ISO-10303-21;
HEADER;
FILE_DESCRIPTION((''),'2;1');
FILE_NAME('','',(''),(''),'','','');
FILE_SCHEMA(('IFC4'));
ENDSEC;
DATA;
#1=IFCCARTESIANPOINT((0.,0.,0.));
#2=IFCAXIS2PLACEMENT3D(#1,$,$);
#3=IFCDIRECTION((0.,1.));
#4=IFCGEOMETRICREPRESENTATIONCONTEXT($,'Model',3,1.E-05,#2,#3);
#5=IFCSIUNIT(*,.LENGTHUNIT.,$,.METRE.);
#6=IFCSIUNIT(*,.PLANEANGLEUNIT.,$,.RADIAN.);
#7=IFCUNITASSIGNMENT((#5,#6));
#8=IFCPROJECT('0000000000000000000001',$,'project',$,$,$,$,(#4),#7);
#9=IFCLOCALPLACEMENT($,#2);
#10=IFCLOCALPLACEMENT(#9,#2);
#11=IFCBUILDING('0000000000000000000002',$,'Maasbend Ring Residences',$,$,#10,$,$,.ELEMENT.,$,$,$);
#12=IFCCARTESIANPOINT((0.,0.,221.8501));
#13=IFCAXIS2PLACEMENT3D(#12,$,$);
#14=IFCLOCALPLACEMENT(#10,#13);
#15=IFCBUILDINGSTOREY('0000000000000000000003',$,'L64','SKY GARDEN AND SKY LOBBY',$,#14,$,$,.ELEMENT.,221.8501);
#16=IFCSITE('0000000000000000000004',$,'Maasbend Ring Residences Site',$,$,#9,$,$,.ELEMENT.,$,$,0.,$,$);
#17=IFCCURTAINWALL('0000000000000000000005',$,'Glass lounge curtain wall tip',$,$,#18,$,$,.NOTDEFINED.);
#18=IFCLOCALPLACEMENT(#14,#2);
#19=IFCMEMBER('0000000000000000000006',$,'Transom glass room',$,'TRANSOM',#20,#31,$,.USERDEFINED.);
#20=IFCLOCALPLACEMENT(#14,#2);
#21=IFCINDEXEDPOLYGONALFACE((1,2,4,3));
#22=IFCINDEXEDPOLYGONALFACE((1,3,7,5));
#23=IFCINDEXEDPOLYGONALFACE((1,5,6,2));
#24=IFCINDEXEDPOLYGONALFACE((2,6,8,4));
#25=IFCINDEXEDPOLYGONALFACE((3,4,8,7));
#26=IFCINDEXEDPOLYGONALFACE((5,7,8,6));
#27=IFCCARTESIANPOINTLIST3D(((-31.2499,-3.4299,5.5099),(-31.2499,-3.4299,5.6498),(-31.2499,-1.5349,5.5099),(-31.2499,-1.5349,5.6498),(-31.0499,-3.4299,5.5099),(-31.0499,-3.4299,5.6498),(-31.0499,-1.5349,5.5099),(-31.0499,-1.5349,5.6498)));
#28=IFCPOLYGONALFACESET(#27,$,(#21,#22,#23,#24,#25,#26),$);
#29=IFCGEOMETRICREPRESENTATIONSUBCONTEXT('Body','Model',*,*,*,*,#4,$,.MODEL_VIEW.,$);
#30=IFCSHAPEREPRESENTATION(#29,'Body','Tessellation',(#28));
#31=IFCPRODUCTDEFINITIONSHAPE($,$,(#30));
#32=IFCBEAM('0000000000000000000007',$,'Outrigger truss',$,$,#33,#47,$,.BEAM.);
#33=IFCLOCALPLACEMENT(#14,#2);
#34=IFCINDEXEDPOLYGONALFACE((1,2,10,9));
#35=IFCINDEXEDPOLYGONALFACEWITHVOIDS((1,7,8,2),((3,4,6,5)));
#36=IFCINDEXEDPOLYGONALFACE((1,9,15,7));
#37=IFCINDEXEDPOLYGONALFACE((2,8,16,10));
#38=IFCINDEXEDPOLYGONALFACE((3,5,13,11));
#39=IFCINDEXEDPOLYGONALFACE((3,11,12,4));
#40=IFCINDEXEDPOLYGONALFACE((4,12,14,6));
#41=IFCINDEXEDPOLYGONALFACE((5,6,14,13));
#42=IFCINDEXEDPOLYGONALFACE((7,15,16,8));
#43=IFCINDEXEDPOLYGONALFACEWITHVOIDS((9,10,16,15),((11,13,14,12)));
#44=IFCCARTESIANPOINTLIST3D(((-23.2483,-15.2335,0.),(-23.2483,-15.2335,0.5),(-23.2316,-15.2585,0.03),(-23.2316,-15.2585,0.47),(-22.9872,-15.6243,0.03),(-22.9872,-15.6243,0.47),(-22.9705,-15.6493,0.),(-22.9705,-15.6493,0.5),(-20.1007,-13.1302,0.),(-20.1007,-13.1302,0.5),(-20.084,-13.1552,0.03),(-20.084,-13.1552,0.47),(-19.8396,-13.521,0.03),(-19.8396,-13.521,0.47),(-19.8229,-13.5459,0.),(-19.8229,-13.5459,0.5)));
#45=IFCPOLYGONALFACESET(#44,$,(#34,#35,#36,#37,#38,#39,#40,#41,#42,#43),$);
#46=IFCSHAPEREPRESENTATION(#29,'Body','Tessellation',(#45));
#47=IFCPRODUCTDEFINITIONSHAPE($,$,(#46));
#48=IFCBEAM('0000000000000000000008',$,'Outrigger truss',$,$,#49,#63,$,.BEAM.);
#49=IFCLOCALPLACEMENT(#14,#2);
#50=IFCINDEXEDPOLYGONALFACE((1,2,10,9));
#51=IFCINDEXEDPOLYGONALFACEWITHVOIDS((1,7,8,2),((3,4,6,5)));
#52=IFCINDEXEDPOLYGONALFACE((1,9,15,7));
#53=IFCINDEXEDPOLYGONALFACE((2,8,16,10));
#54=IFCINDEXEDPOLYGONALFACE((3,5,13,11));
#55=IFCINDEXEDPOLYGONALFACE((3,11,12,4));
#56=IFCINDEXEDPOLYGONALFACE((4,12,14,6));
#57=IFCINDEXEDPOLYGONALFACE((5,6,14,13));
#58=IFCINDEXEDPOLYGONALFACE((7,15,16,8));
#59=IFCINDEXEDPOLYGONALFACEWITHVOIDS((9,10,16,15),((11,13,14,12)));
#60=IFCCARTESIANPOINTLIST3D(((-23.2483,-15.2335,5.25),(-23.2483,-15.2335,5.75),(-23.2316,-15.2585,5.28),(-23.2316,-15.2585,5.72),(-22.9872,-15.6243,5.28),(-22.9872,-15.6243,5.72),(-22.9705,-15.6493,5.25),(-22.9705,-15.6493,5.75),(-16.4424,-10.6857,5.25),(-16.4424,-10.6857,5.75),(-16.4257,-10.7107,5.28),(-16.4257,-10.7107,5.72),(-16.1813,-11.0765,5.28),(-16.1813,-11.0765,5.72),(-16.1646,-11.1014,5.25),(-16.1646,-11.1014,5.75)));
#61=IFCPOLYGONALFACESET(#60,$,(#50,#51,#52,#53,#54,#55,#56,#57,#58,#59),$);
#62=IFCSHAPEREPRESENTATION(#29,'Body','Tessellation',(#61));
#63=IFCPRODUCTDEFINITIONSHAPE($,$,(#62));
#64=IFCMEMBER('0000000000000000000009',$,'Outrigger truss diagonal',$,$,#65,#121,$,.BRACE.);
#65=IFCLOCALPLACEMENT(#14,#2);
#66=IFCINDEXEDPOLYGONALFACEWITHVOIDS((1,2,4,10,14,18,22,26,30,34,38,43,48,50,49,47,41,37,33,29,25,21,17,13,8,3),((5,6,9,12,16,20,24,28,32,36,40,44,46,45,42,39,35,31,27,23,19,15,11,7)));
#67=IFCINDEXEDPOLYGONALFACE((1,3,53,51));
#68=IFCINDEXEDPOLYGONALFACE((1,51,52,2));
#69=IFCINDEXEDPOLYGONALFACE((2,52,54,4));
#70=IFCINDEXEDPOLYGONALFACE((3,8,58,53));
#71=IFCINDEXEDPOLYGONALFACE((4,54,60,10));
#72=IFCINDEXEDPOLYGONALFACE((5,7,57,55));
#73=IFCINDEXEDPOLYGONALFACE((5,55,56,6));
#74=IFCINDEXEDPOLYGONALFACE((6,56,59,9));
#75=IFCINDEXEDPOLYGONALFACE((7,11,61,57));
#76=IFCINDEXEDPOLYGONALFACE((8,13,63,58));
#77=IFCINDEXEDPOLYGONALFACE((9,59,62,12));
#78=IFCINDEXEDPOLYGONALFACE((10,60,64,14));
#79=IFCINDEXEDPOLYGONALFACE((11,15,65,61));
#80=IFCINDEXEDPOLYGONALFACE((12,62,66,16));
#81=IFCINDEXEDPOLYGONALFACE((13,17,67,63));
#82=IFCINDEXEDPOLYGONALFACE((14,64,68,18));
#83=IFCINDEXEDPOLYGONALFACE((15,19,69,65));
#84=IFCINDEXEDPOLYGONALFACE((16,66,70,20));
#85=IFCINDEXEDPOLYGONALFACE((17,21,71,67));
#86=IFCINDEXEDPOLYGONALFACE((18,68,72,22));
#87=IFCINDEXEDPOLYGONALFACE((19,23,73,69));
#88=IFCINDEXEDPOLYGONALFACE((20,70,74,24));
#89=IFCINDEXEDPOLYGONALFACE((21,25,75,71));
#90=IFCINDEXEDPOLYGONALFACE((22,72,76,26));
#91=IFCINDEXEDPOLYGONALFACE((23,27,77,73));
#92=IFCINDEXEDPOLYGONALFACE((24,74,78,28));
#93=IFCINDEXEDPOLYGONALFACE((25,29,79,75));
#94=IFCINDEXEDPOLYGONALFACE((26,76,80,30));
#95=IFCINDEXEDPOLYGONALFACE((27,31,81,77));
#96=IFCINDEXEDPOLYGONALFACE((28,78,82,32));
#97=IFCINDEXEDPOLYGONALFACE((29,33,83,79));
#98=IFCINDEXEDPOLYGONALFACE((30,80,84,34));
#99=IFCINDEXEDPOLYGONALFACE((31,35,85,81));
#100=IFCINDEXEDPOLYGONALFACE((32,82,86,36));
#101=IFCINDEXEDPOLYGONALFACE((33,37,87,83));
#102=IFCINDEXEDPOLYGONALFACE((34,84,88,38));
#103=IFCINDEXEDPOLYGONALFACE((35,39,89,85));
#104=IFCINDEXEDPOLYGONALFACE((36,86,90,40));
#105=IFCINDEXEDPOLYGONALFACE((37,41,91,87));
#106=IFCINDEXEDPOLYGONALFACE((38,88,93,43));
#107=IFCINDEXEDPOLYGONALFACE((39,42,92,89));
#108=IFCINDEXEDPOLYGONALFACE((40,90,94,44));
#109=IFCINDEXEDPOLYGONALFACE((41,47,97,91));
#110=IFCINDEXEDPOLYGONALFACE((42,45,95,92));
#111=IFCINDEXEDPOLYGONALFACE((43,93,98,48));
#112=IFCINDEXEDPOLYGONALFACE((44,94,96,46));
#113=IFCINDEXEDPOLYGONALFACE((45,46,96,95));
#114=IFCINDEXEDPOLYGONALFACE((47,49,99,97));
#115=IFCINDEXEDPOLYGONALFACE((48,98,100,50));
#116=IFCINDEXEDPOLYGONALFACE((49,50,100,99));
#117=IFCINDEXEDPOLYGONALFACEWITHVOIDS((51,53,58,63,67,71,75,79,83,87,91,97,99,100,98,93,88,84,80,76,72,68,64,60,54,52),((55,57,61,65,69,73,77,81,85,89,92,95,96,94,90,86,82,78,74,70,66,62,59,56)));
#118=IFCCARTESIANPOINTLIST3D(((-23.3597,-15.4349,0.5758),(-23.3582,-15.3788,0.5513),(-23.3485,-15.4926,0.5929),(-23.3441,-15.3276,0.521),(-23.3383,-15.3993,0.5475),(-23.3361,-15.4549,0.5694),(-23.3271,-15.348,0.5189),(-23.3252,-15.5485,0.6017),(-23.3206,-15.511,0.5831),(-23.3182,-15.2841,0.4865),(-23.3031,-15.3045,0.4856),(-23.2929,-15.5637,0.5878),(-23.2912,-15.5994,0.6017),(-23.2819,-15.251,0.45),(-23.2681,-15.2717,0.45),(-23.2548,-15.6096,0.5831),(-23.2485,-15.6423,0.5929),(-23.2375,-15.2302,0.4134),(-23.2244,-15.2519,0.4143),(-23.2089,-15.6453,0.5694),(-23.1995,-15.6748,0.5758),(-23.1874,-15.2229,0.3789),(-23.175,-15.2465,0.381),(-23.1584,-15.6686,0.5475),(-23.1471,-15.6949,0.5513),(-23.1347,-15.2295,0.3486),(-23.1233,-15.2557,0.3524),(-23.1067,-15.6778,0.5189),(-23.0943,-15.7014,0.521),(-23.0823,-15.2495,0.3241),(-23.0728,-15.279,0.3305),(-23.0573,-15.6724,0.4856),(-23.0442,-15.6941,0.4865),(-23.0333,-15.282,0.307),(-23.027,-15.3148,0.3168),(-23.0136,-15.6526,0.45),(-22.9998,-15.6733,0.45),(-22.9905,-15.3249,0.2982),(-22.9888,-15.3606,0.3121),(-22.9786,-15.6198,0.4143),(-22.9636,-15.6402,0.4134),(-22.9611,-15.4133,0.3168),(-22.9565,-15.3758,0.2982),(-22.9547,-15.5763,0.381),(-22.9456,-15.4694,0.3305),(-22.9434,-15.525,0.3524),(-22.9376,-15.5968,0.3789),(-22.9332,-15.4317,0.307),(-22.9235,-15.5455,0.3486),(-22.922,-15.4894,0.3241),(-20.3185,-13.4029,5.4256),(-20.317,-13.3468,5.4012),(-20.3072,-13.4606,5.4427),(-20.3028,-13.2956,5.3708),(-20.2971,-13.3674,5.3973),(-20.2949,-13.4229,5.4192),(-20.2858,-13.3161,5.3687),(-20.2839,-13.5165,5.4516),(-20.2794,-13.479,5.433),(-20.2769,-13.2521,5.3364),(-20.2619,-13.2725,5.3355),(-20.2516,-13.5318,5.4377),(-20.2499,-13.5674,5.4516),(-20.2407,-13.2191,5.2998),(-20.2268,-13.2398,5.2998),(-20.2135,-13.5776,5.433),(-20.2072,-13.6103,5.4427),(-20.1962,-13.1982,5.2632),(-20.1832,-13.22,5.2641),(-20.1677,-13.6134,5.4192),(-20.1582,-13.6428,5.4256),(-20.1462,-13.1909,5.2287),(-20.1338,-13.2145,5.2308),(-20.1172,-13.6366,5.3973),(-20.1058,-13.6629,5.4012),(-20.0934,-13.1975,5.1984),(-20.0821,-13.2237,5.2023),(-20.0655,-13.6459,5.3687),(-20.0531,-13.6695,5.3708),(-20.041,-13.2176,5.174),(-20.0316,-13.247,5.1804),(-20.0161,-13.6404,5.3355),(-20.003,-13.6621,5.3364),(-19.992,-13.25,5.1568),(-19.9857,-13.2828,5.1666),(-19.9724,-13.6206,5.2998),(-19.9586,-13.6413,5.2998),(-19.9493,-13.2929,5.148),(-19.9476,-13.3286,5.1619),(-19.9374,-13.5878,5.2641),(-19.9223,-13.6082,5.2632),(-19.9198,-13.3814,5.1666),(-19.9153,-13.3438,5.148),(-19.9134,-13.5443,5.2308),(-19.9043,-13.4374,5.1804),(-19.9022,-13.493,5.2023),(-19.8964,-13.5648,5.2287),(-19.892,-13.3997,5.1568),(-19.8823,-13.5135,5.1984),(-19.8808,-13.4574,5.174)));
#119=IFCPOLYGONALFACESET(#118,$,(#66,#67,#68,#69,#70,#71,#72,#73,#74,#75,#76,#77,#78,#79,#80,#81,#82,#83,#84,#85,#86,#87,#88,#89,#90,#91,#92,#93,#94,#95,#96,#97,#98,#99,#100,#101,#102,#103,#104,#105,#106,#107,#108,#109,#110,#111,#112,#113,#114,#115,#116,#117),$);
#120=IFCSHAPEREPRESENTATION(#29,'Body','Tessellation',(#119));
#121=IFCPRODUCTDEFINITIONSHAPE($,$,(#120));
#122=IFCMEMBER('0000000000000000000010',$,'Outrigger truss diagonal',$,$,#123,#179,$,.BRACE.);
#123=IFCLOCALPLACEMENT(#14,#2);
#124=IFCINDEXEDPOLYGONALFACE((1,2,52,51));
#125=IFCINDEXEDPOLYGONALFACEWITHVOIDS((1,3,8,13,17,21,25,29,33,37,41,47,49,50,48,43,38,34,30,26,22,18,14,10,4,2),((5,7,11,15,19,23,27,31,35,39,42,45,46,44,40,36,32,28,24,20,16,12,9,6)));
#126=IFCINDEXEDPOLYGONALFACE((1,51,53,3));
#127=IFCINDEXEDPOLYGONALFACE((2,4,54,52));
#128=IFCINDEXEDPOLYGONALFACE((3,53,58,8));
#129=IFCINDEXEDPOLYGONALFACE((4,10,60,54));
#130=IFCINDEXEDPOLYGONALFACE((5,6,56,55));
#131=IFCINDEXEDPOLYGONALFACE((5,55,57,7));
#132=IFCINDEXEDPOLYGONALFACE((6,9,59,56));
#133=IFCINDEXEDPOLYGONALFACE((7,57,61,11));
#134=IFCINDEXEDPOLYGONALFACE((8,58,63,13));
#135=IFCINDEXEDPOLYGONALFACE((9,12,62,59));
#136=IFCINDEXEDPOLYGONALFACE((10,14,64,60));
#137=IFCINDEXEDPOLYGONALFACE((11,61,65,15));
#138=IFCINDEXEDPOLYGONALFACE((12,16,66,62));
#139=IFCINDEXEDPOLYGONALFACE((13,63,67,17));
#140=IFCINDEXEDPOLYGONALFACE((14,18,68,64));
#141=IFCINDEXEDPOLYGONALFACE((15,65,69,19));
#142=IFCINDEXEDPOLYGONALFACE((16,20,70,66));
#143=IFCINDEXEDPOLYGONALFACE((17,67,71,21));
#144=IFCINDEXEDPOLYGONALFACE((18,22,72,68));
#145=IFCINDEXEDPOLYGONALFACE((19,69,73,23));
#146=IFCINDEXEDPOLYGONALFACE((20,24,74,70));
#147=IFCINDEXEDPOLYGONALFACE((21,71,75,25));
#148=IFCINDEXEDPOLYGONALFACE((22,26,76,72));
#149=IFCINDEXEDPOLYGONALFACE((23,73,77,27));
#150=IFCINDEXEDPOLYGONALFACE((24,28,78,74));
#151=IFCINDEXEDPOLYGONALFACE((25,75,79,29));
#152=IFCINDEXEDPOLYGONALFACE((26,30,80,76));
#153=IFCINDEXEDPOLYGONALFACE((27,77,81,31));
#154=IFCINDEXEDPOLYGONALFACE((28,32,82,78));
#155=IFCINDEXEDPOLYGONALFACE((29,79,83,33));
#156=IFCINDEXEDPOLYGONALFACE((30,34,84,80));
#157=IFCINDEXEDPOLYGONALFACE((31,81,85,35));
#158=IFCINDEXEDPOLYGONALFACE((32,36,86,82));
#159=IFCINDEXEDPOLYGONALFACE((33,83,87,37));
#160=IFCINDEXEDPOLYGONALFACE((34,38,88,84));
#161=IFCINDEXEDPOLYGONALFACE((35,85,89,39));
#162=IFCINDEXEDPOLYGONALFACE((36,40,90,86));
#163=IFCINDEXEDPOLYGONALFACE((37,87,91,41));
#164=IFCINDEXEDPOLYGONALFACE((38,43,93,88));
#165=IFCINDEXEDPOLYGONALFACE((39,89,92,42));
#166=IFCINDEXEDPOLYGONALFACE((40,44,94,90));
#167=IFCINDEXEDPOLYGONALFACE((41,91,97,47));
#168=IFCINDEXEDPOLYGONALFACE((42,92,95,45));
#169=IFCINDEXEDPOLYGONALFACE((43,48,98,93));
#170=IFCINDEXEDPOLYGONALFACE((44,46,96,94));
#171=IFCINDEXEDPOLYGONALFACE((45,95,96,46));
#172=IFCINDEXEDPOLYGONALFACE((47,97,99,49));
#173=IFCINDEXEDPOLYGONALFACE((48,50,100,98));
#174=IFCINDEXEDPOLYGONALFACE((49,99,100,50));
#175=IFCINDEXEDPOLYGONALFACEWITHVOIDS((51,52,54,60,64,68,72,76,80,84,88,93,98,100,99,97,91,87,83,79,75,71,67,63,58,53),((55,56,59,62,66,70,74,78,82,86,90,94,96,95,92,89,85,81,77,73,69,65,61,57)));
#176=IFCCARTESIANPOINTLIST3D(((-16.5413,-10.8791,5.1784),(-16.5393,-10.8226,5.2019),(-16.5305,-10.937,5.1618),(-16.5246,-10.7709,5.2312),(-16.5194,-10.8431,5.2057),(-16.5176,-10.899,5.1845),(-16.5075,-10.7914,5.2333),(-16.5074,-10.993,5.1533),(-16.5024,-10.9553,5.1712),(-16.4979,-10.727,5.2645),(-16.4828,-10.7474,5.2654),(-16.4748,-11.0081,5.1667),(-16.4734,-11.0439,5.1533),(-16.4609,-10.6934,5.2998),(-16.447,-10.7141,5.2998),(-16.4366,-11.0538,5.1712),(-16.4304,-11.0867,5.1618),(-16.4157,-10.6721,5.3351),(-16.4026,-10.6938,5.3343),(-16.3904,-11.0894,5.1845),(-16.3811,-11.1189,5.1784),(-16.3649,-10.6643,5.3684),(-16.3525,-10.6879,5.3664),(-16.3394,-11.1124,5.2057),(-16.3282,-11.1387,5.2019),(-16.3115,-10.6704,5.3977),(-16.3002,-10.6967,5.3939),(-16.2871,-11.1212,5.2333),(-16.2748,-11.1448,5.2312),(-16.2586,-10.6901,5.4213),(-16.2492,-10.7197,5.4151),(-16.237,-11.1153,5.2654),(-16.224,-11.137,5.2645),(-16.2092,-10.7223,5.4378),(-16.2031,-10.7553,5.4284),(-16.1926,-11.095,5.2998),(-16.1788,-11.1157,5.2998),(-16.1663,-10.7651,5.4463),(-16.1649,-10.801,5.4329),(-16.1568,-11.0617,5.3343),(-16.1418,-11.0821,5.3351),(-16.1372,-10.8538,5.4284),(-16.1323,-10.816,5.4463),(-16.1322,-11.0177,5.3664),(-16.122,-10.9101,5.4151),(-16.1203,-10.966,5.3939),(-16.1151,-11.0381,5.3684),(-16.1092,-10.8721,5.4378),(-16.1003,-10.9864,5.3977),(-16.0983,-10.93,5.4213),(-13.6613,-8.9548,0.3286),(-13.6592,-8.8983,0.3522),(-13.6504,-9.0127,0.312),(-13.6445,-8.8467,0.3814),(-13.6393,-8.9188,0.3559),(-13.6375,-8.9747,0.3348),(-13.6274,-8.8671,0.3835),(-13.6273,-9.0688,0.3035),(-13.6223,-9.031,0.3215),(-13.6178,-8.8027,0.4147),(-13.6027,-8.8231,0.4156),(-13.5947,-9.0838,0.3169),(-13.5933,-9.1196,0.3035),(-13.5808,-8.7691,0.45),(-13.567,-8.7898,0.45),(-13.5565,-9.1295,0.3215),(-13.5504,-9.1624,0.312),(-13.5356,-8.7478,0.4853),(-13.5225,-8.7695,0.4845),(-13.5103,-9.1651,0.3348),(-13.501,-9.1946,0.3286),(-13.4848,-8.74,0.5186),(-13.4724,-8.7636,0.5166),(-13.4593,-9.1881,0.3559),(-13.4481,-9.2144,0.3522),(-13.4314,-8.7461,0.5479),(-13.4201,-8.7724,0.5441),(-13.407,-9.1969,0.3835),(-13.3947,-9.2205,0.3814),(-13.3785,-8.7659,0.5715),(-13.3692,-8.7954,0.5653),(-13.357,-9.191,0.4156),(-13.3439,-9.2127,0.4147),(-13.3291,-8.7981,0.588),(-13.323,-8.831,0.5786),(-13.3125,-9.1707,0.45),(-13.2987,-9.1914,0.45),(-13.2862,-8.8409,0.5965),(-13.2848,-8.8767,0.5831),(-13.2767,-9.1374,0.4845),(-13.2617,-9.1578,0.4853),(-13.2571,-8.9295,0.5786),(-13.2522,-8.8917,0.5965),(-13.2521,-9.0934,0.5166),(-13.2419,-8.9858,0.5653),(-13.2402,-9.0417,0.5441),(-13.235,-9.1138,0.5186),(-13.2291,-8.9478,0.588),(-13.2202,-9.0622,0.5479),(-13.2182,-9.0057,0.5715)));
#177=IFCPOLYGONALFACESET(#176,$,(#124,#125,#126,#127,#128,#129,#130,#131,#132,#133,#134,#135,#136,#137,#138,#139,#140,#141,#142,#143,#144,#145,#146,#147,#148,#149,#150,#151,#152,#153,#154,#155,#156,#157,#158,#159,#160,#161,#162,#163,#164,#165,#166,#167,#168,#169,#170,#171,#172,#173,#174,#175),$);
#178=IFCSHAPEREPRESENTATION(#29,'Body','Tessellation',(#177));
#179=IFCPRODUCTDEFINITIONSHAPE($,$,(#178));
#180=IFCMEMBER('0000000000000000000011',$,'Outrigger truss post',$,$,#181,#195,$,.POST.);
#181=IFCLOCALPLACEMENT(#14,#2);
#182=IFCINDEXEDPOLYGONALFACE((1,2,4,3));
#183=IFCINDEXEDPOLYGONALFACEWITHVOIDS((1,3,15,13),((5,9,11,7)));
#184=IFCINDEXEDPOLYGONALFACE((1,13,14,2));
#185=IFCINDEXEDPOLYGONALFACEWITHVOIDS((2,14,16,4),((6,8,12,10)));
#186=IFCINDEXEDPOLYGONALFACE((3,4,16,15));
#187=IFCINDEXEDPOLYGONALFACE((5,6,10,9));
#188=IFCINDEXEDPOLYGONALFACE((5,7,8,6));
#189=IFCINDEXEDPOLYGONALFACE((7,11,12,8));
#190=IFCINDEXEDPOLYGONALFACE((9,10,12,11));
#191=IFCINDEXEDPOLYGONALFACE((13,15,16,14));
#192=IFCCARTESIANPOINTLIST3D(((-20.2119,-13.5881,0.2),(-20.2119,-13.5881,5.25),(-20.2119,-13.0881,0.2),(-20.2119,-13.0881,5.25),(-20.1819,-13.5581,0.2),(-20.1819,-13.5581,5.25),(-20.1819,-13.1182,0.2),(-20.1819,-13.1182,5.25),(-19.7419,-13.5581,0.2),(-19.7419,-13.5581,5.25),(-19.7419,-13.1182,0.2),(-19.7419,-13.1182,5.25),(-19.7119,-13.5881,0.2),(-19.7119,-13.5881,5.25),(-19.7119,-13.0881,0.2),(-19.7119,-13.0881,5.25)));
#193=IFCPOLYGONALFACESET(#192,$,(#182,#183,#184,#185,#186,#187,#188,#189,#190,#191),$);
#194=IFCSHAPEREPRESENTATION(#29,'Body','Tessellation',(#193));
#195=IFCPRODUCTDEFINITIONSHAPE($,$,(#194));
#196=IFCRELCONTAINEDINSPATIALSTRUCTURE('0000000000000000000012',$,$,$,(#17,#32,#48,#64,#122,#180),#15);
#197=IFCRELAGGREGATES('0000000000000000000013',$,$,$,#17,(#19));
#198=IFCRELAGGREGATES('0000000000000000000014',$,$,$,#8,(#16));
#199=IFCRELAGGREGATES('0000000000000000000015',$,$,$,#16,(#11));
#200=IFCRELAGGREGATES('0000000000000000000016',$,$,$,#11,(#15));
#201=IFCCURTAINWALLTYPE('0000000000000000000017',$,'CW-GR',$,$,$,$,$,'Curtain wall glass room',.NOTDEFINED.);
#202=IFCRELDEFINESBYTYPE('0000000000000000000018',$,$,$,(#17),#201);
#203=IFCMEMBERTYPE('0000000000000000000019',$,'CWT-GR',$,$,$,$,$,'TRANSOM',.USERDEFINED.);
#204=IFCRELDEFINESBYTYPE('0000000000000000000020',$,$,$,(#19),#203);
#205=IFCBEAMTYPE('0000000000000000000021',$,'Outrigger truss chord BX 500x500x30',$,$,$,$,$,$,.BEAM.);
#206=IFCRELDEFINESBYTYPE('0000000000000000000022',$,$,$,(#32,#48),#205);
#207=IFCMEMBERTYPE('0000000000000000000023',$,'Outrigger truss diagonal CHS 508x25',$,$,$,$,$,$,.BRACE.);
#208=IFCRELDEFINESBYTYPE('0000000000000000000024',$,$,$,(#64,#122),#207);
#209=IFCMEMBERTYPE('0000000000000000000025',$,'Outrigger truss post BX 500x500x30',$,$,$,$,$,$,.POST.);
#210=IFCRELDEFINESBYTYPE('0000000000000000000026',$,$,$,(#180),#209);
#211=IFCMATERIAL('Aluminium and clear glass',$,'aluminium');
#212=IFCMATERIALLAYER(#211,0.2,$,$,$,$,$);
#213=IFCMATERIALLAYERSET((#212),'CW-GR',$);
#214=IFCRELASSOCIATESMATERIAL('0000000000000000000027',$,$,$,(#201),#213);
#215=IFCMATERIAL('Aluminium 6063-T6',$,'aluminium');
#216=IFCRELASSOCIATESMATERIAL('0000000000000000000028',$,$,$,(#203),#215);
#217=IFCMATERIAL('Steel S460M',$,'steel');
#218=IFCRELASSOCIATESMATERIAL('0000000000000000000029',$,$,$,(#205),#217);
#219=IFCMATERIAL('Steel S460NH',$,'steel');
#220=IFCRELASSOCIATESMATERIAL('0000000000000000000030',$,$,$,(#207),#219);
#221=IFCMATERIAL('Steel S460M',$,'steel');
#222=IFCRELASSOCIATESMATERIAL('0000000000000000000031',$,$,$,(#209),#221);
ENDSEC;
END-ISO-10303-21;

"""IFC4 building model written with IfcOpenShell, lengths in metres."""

from ifc_helpers import new_model, si_unit, direction, frame, origin, origin_2d, place, context, subcontext, project, spatial, rectangle, hollow_rectangle, hollow_circle, extrude, material, layer, layer_set, material_profile, profile_set, type_object, element, aggregate, save


model = new_model("IFC4")

# Units and contexts
model_context = context("Model", 3, precision=1e-05, world=origin(), true_north=direction((0.0, 1.0)))
body_context = subcontext(model_context, "Body", "Model", "MODEL_VIEW")
ifc_project = project(units=[si_unit("LENGTHUNIT", "METRE"), si_unit("PLANEANGLEUNIT", "RADIAN")], contexts=[model_context])

# Site, building, storey
site_placement = place(None, origin())
site = spatial("IfcSite", under=ifc_project, at=site_placement, Name="Maasbend Ring Residences Site", CompositionType="ELEMENT", RefElevation=0.0)
building_placement = place(site_placement, origin())
building = spatial("IfcBuilding", under=site, at=building_placement, Name="Maasbend Ring Residences", CompositionType="ELEMENT")
storey_placement = place(building_placement, frame((0.0, 0.0, 221.8501)))
storey = spatial("IfcBuildingStorey", under=building, at=storey_placement, Name="L64", Description="SKY GARDEN AND SKY LOBBY", CompositionType="ELEMENT", Elevation=221.8501)

# Curtain wall
ifc_material_1 = material(Name="Aluminium and clear glass", Category="aluminium")
ifc_layer_1 = layer(ifc_material_1, 0.2)
ifc_layer_set_1 = layer_set([ifc_layer_1], Name="CW-GR")
curtain_wall_type = type_object("IfcCurtainWallType", Name="CW-GR", ElementType="Curtain wall glass room", PredefinedType="NOTDEFINED", material=ifc_layer_set_1)
curtain_wall_1_placement = place(storey_placement, origin())
curtain_wall_1 = element("IfcCurtainWall", 1, at=curtain_wall_1_placement, inside=storey, type_object=curtain_wall_type, Name="Glass lounge curtain wall tip", PredefinedType="NOTDEFINED")

# Member
ifc_material_2 = material(Name="Aluminium 6063-T6", Category="aluminium")
ifc_material_profile_1 = material_profile(ifc_material_2, rectangle(XDim=0.2, YDim=0.1399, at=origin_2d()), Name="AL 200x140")
ifc_profile_set_1 = profile_set([ifc_material_profile_1], Name="Aluminium 6063-T6")
member_type_1 = type_object("IfcMemberType", Name="CWT-GR", ElementType="TRANSOM", PredefinedType="USERDEFINED", material=ifc_profile_set_1)
member_1_placement = place(storey_placement, frame((-31.1499, -3.4299, 5.5798), z_axis=(0.0, 1.0, 0.0), x_axis=(-1.0, 0.0, 0.0)))
member_1 = element("IfcMember", 2, at=member_1_placement, type_object=member_type_1, Name="Transom glass room", ObjectType="TRANSOM", PredefinedType="USERDEFINED", context=body_context, shape_type="SweptSolid", body=[
    extrude(rectangle(XDim=0.2, YDim=0.1399, at=origin_2d()), origin(), (0.0, 0.0, 1.0), 1.895),
])
aggregate(curtain_wall_1, [member_1])

# Beams
ifc_material_3 = material(Name="Steel S460M", Category="steel")
ifc_material_profile_2 = material_profile(ifc_material_3, hollow_rectangle(XDim=0.5, YDim=0.5, WallThickness=0.03, at=origin_2d()), Name="Outrigger truss chord BX 500x500x30")
ifc_profile_set_2 = profile_set([ifc_material_profile_2], Name="Steel S460M")
beam_type_1 = type_object("IfcBeamType", Name="Outrigger truss chord BX 500x500x30", PredefinedType="BEAM", material=ifc_profile_set_2)
beam_1_placement = place(storey_placement, frame((-23.1094, -15.4414, 0.25), z_axis=(0.831445, 0.555608, 0.0), x_axis=(-0.555608, 0.831445, 0.0)))
element("IfcBeam", 3, at=beam_1_placement, inside=storey, type_object=beam_type_1, Name="Outrigger truss", PredefinedType="BEAM", context=body_context, shape_type="SweptSolid", body=[
    extrude(hollow_rectangle(XDim=0.5, YDim=0.5, WallThickness=0.03, at=origin_2d()), origin(), (0.0, 0.0, 1.0), 3.7856),
])
beam_2_placement = place(storey_placement, frame((-23.1094, -15.4414, 5.5), z_axis=(0.831453, 0.555595, 0.0), x_axis=(-0.555595, 0.831453, 0.0)))
element("IfcBeam", 4, at=beam_2_placement, inside=storey, type_object=beam_type_1, Name="Outrigger truss", PredefinedType="BEAM", context=body_context, shape_type="SweptSolid", body=[
    extrude(hollow_rectangle(XDim=0.5, YDim=0.5, WallThickness=0.03, at=origin_2d()), origin(), (0.0, 0.0, 1.0), 8.1855),
])

# Members
ifc_material_4 = material(Name="Steel S460NH", Category="steel")
ifc_material_profile_3 = material_profile(ifc_material_4, hollow_circle(Radius=0.2539, WallThickness=0.0249, at=origin_2d()), Name="Outrigger truss diagonal CHS 508x25")
ifc_profile_set_3 = profile_set([ifc_material_profile_3], Name="Steel S460NH")
member_type_2 = type_object("IfcMemberType", Name="Outrigger truss diagonal CHS 508x25", PredefinedType="BRACE", material=ifc_profile_set_3)
member_2_placement = place(storey_placement, frame((-23.1409, -15.4622, 0.45), z_axis=(0.500662, 0.334511, 0.798398), x_axis=(-0.555547, 0.831485, 0.0)))
element("IfcMember", 5, at=member_2_placement, inside=storey, type_object=member_type_2, Name="Outrigger truss diagonal", PredefinedType="BRACE", context=body_context, shape_type="SweptSolid", body=[
    extrude(hollow_circle(Radius=0.2539, WallThickness=0.0249, at=origin_2d()), origin(), (0.0, 0.0, 1.0), 6.0745),
])
member_3_placement = place(storey_placement, frame((-16.3198, -10.9045, 5.2998), z_axis=(0.483259, 0.322883, -0.813761), x_axis=(-0.555546, 0.831486, 0.0)))
element("IfcMember", 6, at=member_3_placement, inside=storey, type_object=member_type_2, Name="Outrigger truss diagonal", PredefinedType="BRACE", context=body_context, shape_type="SweptSolid", body=[
    extrude(hollow_circle(Radius=0.2539, WallThickness=0.0249, at=origin_2d()), origin(), (0.0, 0.0, 1.0), 5.9597),
])
ifc_material_5 = material(Name="Steel S460M", Category="steel")
ifc_material_profile_4 = material_profile(ifc_material_5, hollow_rectangle(XDim=0.5, YDim=0.5, WallThickness=0.03, at=origin_2d()), Name="Outrigger truss post BX 500x500x30")
ifc_profile_set_4 = profile_set([ifc_material_profile_4], Name="Steel S460M")
member_type_3 = type_object("IfcMemberType", Name="Outrigger truss post BX 500x500x30", PredefinedType="POST", material=ifc_profile_set_4)
member_4_placement = place(storey_placement, frame((-19.9619, -13.3381, 0.2), z_axis=(0.0, 0.0, 1.0), x_axis=(1.0, 0.0, 0.0)))
element("IfcMember", 7, at=member_4_placement, inside=storey, type_object=member_type_3, Name="Outrigger truss post", PredefinedType="POST", context=body_context, shape_type="SweptSolid", body=[
    extrude(hollow_rectangle(XDim=0.5, YDim=0.5, WallThickness=0.03, at=origin_2d()), origin(), (0.0, 0.0, 1.0), 5.05),
])

save(model, "model.ifc")
